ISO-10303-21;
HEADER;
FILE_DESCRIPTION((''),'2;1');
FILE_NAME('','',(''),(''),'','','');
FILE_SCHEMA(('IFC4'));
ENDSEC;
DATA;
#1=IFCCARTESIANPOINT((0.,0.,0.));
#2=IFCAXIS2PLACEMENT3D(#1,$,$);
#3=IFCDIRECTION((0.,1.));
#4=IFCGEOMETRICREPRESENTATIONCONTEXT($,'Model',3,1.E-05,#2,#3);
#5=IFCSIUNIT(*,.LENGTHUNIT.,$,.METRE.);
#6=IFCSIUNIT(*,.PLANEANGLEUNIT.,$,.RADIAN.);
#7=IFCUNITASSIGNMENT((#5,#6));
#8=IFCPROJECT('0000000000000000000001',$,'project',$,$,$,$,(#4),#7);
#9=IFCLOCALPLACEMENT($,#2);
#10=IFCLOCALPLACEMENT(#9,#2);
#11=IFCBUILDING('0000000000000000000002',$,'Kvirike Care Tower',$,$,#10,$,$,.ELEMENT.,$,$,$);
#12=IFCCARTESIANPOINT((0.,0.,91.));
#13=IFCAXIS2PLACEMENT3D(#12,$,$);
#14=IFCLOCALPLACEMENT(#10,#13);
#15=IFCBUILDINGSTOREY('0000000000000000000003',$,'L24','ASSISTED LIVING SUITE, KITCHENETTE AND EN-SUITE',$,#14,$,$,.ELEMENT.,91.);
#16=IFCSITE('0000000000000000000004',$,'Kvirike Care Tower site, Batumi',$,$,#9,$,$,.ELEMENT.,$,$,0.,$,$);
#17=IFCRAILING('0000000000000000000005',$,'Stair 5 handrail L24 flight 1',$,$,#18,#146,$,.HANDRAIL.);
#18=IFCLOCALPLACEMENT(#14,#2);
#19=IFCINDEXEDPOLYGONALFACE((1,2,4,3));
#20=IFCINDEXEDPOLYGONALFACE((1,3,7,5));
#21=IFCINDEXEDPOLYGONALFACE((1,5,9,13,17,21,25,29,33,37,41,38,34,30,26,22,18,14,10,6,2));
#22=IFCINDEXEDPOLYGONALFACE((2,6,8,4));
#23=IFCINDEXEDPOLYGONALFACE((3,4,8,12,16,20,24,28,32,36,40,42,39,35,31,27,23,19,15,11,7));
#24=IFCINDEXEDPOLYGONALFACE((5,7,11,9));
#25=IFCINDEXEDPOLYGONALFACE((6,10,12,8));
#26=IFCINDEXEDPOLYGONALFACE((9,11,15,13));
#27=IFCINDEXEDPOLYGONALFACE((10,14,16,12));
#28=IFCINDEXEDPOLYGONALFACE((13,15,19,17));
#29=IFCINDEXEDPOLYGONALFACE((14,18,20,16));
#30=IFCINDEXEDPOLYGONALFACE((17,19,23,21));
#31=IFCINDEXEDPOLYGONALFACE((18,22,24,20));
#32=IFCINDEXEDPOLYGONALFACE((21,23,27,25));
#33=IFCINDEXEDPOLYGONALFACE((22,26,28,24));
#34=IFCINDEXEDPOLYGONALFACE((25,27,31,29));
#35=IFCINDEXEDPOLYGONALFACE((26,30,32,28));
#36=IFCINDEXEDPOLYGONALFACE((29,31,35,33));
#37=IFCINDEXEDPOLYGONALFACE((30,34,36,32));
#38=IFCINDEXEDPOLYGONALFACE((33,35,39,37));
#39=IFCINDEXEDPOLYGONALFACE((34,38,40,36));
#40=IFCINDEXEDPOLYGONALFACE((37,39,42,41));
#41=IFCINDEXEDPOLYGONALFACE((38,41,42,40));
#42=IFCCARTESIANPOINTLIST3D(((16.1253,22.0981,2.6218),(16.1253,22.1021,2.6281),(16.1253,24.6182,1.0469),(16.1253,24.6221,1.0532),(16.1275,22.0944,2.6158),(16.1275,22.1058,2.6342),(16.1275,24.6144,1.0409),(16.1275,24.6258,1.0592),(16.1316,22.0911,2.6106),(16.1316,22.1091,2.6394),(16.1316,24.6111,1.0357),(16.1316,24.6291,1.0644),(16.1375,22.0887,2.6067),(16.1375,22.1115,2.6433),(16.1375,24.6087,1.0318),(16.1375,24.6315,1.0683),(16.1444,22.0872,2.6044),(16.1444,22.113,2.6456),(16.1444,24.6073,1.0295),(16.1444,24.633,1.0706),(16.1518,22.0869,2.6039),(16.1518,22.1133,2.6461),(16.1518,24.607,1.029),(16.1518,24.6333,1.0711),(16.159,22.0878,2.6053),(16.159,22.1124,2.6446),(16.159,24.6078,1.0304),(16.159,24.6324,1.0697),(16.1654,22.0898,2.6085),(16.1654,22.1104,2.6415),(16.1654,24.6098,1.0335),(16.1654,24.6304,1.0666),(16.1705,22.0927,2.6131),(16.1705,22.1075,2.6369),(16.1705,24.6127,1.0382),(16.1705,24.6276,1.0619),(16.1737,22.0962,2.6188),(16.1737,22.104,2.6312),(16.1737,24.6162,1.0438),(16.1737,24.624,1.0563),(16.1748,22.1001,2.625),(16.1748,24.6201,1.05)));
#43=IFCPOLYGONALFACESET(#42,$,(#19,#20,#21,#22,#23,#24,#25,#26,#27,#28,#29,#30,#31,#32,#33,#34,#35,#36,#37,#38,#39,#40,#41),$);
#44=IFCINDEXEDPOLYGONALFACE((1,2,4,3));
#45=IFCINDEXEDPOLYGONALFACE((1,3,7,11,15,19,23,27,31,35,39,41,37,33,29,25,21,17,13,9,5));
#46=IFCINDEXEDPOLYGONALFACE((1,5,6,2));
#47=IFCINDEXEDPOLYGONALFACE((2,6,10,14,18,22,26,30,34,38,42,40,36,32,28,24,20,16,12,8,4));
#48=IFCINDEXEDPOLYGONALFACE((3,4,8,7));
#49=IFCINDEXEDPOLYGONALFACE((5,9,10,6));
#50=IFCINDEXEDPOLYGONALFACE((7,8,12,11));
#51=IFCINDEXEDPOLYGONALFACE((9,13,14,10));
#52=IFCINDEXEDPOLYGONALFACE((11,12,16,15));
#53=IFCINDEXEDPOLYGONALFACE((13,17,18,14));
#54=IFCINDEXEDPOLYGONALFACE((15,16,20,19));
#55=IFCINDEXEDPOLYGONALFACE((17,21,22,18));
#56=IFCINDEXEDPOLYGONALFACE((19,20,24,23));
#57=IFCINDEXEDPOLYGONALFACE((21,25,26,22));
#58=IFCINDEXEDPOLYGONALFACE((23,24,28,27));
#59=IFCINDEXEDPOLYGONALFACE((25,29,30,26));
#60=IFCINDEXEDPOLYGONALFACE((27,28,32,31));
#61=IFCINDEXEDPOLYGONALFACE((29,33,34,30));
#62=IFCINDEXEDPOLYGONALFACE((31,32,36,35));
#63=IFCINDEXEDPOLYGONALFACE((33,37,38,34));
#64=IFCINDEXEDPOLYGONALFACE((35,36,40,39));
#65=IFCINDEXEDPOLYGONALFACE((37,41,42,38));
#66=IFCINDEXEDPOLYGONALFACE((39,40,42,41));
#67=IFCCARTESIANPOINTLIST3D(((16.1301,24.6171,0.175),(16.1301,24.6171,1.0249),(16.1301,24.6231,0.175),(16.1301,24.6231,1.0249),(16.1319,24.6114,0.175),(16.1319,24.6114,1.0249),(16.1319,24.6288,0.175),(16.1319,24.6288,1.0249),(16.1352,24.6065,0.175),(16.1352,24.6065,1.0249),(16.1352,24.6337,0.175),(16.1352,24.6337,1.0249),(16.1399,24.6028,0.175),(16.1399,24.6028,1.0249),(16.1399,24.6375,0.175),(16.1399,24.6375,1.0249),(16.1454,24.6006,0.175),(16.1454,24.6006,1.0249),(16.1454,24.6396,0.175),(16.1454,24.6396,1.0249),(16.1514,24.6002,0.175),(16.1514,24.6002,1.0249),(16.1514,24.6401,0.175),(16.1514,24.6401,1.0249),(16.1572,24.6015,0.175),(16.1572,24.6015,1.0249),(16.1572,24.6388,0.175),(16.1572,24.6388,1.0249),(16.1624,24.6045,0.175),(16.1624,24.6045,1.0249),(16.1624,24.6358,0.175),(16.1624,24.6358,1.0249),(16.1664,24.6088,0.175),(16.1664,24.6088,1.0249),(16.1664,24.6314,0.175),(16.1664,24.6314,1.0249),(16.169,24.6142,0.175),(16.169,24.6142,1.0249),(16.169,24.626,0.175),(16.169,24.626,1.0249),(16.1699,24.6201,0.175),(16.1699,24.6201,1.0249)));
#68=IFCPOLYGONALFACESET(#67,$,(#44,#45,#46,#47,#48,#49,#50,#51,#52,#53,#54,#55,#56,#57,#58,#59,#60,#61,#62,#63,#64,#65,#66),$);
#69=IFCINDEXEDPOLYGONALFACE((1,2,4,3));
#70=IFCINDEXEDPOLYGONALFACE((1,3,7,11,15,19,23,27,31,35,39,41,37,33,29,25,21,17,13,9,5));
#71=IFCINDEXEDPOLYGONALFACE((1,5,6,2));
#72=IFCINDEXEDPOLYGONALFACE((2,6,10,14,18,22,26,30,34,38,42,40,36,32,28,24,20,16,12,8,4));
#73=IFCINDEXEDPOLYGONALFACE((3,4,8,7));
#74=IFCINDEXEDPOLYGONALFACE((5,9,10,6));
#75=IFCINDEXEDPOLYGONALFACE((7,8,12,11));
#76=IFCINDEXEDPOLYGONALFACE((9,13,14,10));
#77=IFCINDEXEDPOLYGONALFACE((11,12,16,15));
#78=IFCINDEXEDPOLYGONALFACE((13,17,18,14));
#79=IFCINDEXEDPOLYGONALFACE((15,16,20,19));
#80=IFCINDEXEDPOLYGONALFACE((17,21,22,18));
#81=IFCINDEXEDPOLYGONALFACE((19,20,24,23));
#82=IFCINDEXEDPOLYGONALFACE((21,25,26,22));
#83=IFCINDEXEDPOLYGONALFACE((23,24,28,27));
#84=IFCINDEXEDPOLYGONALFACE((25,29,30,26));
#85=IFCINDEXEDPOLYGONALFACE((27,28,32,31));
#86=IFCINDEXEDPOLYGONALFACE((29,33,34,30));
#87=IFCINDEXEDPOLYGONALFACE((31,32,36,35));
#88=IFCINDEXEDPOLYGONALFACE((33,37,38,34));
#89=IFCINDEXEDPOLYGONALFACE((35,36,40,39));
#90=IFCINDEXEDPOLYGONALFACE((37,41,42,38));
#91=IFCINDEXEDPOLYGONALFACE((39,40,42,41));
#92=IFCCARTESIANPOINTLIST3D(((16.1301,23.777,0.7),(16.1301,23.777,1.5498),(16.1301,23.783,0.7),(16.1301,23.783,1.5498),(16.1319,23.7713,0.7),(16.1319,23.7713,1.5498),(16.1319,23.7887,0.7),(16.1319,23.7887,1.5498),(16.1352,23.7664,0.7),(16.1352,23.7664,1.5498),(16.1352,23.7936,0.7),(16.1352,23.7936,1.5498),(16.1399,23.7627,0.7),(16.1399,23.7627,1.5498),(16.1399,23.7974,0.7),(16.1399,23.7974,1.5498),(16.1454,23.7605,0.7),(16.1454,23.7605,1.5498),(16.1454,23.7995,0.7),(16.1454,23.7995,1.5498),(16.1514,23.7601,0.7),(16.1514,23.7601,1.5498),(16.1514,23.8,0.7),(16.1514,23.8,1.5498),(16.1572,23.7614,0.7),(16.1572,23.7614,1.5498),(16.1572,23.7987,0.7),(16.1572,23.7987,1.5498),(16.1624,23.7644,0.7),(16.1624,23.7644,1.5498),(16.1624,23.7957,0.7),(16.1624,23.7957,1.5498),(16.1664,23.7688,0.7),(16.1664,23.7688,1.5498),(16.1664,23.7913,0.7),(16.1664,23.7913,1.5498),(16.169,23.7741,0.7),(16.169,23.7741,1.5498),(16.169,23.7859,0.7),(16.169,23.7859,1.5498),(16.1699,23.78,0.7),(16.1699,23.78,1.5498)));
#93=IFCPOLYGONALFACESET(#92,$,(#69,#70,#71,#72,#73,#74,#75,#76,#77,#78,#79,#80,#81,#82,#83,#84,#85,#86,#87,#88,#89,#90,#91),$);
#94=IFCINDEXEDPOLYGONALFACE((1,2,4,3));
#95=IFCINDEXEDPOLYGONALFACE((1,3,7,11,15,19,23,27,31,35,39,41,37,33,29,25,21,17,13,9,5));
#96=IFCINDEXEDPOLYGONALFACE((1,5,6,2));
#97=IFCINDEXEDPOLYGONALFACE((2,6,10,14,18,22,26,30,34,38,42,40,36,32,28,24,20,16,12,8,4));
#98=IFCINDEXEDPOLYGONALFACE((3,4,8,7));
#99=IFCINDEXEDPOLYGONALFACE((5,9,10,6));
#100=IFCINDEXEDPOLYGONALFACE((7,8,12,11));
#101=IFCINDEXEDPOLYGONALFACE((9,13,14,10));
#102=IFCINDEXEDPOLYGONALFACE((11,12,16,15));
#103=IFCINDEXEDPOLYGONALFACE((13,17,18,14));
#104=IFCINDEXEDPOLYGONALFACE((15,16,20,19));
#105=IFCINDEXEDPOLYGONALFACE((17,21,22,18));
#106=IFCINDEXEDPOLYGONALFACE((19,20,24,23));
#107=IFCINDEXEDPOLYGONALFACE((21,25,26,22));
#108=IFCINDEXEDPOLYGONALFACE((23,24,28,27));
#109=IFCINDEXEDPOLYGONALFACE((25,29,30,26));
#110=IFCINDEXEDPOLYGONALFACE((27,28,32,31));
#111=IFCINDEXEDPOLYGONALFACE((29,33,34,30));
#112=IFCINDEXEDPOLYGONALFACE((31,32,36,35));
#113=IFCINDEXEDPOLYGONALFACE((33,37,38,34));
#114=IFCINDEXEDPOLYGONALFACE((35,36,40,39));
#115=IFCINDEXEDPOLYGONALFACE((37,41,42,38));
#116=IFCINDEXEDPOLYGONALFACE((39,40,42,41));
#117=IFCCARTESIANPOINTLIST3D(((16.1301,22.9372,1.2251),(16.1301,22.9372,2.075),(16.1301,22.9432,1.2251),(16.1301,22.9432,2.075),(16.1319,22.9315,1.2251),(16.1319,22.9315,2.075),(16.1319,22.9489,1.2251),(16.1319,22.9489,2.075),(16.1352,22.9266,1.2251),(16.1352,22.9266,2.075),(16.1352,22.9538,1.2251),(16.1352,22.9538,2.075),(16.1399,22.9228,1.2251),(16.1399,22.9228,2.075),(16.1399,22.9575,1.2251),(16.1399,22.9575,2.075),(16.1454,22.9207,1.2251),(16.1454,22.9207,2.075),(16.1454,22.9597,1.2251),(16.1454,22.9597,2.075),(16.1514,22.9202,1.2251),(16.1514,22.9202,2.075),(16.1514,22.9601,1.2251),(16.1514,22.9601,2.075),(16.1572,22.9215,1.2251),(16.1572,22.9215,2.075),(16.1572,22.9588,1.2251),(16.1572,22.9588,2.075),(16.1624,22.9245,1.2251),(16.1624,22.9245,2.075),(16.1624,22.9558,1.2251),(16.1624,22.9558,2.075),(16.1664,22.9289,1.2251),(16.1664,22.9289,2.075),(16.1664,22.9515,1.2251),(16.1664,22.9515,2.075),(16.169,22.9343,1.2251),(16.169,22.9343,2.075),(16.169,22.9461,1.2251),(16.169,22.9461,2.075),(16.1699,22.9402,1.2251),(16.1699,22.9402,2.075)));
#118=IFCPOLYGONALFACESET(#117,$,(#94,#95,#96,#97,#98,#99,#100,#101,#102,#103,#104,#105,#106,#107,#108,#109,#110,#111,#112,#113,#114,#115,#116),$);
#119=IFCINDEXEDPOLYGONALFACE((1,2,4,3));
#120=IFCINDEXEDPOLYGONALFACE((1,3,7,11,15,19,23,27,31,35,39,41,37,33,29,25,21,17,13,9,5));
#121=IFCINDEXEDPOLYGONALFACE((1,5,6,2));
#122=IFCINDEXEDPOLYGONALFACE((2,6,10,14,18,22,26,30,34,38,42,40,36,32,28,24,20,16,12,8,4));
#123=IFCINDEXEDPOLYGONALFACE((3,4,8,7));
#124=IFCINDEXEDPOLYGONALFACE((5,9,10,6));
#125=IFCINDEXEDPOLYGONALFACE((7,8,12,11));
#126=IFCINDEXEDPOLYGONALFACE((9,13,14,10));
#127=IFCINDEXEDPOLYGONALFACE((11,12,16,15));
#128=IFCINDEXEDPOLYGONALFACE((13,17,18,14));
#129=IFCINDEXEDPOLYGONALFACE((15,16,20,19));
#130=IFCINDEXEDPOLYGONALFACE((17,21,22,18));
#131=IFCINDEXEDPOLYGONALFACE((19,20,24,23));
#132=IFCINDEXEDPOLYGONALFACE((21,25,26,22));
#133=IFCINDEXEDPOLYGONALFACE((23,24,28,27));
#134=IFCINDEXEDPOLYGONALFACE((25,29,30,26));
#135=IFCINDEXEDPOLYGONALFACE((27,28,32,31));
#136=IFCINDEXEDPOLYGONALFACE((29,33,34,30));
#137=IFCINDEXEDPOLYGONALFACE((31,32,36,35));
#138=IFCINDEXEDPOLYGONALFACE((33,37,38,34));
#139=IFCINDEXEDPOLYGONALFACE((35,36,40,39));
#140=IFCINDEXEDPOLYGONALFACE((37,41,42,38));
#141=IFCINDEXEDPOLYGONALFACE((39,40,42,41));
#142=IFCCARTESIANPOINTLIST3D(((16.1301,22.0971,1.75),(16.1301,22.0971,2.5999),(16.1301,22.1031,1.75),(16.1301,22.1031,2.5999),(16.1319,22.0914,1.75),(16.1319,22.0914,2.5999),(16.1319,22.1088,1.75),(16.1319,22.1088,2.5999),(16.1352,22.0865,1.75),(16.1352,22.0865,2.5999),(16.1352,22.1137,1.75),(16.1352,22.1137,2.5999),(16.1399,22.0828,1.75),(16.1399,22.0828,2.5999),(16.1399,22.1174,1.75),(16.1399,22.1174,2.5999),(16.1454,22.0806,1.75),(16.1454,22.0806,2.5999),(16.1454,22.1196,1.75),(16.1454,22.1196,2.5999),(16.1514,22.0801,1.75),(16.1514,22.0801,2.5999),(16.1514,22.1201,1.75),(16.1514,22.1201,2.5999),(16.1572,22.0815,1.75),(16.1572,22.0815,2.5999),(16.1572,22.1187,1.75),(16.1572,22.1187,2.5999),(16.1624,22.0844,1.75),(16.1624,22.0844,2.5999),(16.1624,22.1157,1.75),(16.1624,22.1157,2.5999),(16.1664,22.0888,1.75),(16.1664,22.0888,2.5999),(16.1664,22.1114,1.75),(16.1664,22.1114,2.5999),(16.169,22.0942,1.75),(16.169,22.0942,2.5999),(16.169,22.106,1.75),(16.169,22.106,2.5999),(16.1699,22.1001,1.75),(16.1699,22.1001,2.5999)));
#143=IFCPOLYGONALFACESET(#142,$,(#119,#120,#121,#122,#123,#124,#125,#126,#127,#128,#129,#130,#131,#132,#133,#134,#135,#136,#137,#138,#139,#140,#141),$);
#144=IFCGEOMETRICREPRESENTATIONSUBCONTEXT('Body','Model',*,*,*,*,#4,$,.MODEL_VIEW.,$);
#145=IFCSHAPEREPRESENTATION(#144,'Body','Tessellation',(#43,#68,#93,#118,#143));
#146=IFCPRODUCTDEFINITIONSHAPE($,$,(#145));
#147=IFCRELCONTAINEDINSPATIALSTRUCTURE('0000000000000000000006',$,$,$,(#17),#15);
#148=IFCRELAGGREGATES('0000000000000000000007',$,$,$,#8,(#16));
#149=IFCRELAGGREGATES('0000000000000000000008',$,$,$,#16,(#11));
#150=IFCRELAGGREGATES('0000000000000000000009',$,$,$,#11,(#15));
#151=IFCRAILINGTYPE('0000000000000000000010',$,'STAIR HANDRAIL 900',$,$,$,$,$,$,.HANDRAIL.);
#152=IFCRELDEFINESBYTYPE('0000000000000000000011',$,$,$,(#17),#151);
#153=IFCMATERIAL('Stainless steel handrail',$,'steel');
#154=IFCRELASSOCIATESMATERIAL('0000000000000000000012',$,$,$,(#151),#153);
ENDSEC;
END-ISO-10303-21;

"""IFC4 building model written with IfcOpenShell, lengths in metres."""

from ifc_helpers import new_model, si_unit, direction, frame, origin, origin_2d, place, context, subcontext, project, spatial, circle, extrude, material, type_object, element, save


model = new_model("IFC4")

# Units and contexts
model_context = context("Model", 3, precision=1e-05, world=origin(), true_north=direction((0.0, 1.0)))
body_context = subcontext(model_context, "Body", "Model", "MODEL_VIEW")
ifc_project = project(units=[si_unit("LENGTHUNIT", "METRE"), si_unit("PLANEANGLEUNIT", "RADIAN")], contexts=[model_context])

# Site, building, storey
site_placement = place(None, origin())
site = spatial("IfcSite", under=ifc_project, at=site_placement, Name="Kvirike Care Tower site, Batumi", CompositionType="ELEMENT", RefElevation=0.0)
building_placement = place(site_placement, origin())
building = spatial("IfcBuilding", under=site, at=building_placement, Name="Kvirike Care Tower", CompositionType="ELEMENT")
storey_placement = place(building_placement, frame((0.0, 0.0, 91.0)))
storey = spatial("IfcBuildingStorey", under=building, at=storey_placement, Name="L24", Description="ASSISTED LIVING SUITE, KITCHENETTE AND EN-SUITE", CompositionType="ELEMENT", Elevation=91.0)

# Railing
ifc_material_1 = material(Name="Stainless steel handrail", Category="steel")
railing_type = type_object("IfcRailingType", Name="STAIR HANDRAIL 900", PredefinedType="HANDRAIL", material=ifc_material_1)
railing_1_placement = place(storey_placement, frame((16.1499, 24.6201, 0.175)))
element("IfcRailing", 1, at=railing_1_placement, inside=storey, type_object=railing_type, Name="Stair 5 handrail L24 flight 1", PredefinedType="HANDRAIL", context=body_context, shape_type="SweptSolid", body=[
    extrude(circle(Radius=0.0249, at=origin_2d()), frame((0.0, 0.0, 0.875), z_axis=(0.0, -0.848008, 0.529984), x_axis=(1.0, 0.0, 0.0)), (0.0, 0.0, 1.0), 2.9717),
    extrude(circle(Radius=0.02, at=origin_2d()), origin(), (0.0, 0.0, 1.0), 0.8499),
    extrude(circle(Radius=0.02, at=origin_2d()), frame((0.0, -0.8401, 0.5249)), (0.0, 0.0, 1.0), 0.8499),
    extrude(circle(Radius=0.02, at=origin_2d()), frame((0.0, -1.6799, 1.05)), (0.0, 0.0, 1.0), 0.8499),
    extrude(circle(Radius=0.02, at=origin_2d()), frame((0.0, -2.52, 1.575)), (0.0, 0.0, 1.0), 0.8499),
])

save(model, "model.ifc")
